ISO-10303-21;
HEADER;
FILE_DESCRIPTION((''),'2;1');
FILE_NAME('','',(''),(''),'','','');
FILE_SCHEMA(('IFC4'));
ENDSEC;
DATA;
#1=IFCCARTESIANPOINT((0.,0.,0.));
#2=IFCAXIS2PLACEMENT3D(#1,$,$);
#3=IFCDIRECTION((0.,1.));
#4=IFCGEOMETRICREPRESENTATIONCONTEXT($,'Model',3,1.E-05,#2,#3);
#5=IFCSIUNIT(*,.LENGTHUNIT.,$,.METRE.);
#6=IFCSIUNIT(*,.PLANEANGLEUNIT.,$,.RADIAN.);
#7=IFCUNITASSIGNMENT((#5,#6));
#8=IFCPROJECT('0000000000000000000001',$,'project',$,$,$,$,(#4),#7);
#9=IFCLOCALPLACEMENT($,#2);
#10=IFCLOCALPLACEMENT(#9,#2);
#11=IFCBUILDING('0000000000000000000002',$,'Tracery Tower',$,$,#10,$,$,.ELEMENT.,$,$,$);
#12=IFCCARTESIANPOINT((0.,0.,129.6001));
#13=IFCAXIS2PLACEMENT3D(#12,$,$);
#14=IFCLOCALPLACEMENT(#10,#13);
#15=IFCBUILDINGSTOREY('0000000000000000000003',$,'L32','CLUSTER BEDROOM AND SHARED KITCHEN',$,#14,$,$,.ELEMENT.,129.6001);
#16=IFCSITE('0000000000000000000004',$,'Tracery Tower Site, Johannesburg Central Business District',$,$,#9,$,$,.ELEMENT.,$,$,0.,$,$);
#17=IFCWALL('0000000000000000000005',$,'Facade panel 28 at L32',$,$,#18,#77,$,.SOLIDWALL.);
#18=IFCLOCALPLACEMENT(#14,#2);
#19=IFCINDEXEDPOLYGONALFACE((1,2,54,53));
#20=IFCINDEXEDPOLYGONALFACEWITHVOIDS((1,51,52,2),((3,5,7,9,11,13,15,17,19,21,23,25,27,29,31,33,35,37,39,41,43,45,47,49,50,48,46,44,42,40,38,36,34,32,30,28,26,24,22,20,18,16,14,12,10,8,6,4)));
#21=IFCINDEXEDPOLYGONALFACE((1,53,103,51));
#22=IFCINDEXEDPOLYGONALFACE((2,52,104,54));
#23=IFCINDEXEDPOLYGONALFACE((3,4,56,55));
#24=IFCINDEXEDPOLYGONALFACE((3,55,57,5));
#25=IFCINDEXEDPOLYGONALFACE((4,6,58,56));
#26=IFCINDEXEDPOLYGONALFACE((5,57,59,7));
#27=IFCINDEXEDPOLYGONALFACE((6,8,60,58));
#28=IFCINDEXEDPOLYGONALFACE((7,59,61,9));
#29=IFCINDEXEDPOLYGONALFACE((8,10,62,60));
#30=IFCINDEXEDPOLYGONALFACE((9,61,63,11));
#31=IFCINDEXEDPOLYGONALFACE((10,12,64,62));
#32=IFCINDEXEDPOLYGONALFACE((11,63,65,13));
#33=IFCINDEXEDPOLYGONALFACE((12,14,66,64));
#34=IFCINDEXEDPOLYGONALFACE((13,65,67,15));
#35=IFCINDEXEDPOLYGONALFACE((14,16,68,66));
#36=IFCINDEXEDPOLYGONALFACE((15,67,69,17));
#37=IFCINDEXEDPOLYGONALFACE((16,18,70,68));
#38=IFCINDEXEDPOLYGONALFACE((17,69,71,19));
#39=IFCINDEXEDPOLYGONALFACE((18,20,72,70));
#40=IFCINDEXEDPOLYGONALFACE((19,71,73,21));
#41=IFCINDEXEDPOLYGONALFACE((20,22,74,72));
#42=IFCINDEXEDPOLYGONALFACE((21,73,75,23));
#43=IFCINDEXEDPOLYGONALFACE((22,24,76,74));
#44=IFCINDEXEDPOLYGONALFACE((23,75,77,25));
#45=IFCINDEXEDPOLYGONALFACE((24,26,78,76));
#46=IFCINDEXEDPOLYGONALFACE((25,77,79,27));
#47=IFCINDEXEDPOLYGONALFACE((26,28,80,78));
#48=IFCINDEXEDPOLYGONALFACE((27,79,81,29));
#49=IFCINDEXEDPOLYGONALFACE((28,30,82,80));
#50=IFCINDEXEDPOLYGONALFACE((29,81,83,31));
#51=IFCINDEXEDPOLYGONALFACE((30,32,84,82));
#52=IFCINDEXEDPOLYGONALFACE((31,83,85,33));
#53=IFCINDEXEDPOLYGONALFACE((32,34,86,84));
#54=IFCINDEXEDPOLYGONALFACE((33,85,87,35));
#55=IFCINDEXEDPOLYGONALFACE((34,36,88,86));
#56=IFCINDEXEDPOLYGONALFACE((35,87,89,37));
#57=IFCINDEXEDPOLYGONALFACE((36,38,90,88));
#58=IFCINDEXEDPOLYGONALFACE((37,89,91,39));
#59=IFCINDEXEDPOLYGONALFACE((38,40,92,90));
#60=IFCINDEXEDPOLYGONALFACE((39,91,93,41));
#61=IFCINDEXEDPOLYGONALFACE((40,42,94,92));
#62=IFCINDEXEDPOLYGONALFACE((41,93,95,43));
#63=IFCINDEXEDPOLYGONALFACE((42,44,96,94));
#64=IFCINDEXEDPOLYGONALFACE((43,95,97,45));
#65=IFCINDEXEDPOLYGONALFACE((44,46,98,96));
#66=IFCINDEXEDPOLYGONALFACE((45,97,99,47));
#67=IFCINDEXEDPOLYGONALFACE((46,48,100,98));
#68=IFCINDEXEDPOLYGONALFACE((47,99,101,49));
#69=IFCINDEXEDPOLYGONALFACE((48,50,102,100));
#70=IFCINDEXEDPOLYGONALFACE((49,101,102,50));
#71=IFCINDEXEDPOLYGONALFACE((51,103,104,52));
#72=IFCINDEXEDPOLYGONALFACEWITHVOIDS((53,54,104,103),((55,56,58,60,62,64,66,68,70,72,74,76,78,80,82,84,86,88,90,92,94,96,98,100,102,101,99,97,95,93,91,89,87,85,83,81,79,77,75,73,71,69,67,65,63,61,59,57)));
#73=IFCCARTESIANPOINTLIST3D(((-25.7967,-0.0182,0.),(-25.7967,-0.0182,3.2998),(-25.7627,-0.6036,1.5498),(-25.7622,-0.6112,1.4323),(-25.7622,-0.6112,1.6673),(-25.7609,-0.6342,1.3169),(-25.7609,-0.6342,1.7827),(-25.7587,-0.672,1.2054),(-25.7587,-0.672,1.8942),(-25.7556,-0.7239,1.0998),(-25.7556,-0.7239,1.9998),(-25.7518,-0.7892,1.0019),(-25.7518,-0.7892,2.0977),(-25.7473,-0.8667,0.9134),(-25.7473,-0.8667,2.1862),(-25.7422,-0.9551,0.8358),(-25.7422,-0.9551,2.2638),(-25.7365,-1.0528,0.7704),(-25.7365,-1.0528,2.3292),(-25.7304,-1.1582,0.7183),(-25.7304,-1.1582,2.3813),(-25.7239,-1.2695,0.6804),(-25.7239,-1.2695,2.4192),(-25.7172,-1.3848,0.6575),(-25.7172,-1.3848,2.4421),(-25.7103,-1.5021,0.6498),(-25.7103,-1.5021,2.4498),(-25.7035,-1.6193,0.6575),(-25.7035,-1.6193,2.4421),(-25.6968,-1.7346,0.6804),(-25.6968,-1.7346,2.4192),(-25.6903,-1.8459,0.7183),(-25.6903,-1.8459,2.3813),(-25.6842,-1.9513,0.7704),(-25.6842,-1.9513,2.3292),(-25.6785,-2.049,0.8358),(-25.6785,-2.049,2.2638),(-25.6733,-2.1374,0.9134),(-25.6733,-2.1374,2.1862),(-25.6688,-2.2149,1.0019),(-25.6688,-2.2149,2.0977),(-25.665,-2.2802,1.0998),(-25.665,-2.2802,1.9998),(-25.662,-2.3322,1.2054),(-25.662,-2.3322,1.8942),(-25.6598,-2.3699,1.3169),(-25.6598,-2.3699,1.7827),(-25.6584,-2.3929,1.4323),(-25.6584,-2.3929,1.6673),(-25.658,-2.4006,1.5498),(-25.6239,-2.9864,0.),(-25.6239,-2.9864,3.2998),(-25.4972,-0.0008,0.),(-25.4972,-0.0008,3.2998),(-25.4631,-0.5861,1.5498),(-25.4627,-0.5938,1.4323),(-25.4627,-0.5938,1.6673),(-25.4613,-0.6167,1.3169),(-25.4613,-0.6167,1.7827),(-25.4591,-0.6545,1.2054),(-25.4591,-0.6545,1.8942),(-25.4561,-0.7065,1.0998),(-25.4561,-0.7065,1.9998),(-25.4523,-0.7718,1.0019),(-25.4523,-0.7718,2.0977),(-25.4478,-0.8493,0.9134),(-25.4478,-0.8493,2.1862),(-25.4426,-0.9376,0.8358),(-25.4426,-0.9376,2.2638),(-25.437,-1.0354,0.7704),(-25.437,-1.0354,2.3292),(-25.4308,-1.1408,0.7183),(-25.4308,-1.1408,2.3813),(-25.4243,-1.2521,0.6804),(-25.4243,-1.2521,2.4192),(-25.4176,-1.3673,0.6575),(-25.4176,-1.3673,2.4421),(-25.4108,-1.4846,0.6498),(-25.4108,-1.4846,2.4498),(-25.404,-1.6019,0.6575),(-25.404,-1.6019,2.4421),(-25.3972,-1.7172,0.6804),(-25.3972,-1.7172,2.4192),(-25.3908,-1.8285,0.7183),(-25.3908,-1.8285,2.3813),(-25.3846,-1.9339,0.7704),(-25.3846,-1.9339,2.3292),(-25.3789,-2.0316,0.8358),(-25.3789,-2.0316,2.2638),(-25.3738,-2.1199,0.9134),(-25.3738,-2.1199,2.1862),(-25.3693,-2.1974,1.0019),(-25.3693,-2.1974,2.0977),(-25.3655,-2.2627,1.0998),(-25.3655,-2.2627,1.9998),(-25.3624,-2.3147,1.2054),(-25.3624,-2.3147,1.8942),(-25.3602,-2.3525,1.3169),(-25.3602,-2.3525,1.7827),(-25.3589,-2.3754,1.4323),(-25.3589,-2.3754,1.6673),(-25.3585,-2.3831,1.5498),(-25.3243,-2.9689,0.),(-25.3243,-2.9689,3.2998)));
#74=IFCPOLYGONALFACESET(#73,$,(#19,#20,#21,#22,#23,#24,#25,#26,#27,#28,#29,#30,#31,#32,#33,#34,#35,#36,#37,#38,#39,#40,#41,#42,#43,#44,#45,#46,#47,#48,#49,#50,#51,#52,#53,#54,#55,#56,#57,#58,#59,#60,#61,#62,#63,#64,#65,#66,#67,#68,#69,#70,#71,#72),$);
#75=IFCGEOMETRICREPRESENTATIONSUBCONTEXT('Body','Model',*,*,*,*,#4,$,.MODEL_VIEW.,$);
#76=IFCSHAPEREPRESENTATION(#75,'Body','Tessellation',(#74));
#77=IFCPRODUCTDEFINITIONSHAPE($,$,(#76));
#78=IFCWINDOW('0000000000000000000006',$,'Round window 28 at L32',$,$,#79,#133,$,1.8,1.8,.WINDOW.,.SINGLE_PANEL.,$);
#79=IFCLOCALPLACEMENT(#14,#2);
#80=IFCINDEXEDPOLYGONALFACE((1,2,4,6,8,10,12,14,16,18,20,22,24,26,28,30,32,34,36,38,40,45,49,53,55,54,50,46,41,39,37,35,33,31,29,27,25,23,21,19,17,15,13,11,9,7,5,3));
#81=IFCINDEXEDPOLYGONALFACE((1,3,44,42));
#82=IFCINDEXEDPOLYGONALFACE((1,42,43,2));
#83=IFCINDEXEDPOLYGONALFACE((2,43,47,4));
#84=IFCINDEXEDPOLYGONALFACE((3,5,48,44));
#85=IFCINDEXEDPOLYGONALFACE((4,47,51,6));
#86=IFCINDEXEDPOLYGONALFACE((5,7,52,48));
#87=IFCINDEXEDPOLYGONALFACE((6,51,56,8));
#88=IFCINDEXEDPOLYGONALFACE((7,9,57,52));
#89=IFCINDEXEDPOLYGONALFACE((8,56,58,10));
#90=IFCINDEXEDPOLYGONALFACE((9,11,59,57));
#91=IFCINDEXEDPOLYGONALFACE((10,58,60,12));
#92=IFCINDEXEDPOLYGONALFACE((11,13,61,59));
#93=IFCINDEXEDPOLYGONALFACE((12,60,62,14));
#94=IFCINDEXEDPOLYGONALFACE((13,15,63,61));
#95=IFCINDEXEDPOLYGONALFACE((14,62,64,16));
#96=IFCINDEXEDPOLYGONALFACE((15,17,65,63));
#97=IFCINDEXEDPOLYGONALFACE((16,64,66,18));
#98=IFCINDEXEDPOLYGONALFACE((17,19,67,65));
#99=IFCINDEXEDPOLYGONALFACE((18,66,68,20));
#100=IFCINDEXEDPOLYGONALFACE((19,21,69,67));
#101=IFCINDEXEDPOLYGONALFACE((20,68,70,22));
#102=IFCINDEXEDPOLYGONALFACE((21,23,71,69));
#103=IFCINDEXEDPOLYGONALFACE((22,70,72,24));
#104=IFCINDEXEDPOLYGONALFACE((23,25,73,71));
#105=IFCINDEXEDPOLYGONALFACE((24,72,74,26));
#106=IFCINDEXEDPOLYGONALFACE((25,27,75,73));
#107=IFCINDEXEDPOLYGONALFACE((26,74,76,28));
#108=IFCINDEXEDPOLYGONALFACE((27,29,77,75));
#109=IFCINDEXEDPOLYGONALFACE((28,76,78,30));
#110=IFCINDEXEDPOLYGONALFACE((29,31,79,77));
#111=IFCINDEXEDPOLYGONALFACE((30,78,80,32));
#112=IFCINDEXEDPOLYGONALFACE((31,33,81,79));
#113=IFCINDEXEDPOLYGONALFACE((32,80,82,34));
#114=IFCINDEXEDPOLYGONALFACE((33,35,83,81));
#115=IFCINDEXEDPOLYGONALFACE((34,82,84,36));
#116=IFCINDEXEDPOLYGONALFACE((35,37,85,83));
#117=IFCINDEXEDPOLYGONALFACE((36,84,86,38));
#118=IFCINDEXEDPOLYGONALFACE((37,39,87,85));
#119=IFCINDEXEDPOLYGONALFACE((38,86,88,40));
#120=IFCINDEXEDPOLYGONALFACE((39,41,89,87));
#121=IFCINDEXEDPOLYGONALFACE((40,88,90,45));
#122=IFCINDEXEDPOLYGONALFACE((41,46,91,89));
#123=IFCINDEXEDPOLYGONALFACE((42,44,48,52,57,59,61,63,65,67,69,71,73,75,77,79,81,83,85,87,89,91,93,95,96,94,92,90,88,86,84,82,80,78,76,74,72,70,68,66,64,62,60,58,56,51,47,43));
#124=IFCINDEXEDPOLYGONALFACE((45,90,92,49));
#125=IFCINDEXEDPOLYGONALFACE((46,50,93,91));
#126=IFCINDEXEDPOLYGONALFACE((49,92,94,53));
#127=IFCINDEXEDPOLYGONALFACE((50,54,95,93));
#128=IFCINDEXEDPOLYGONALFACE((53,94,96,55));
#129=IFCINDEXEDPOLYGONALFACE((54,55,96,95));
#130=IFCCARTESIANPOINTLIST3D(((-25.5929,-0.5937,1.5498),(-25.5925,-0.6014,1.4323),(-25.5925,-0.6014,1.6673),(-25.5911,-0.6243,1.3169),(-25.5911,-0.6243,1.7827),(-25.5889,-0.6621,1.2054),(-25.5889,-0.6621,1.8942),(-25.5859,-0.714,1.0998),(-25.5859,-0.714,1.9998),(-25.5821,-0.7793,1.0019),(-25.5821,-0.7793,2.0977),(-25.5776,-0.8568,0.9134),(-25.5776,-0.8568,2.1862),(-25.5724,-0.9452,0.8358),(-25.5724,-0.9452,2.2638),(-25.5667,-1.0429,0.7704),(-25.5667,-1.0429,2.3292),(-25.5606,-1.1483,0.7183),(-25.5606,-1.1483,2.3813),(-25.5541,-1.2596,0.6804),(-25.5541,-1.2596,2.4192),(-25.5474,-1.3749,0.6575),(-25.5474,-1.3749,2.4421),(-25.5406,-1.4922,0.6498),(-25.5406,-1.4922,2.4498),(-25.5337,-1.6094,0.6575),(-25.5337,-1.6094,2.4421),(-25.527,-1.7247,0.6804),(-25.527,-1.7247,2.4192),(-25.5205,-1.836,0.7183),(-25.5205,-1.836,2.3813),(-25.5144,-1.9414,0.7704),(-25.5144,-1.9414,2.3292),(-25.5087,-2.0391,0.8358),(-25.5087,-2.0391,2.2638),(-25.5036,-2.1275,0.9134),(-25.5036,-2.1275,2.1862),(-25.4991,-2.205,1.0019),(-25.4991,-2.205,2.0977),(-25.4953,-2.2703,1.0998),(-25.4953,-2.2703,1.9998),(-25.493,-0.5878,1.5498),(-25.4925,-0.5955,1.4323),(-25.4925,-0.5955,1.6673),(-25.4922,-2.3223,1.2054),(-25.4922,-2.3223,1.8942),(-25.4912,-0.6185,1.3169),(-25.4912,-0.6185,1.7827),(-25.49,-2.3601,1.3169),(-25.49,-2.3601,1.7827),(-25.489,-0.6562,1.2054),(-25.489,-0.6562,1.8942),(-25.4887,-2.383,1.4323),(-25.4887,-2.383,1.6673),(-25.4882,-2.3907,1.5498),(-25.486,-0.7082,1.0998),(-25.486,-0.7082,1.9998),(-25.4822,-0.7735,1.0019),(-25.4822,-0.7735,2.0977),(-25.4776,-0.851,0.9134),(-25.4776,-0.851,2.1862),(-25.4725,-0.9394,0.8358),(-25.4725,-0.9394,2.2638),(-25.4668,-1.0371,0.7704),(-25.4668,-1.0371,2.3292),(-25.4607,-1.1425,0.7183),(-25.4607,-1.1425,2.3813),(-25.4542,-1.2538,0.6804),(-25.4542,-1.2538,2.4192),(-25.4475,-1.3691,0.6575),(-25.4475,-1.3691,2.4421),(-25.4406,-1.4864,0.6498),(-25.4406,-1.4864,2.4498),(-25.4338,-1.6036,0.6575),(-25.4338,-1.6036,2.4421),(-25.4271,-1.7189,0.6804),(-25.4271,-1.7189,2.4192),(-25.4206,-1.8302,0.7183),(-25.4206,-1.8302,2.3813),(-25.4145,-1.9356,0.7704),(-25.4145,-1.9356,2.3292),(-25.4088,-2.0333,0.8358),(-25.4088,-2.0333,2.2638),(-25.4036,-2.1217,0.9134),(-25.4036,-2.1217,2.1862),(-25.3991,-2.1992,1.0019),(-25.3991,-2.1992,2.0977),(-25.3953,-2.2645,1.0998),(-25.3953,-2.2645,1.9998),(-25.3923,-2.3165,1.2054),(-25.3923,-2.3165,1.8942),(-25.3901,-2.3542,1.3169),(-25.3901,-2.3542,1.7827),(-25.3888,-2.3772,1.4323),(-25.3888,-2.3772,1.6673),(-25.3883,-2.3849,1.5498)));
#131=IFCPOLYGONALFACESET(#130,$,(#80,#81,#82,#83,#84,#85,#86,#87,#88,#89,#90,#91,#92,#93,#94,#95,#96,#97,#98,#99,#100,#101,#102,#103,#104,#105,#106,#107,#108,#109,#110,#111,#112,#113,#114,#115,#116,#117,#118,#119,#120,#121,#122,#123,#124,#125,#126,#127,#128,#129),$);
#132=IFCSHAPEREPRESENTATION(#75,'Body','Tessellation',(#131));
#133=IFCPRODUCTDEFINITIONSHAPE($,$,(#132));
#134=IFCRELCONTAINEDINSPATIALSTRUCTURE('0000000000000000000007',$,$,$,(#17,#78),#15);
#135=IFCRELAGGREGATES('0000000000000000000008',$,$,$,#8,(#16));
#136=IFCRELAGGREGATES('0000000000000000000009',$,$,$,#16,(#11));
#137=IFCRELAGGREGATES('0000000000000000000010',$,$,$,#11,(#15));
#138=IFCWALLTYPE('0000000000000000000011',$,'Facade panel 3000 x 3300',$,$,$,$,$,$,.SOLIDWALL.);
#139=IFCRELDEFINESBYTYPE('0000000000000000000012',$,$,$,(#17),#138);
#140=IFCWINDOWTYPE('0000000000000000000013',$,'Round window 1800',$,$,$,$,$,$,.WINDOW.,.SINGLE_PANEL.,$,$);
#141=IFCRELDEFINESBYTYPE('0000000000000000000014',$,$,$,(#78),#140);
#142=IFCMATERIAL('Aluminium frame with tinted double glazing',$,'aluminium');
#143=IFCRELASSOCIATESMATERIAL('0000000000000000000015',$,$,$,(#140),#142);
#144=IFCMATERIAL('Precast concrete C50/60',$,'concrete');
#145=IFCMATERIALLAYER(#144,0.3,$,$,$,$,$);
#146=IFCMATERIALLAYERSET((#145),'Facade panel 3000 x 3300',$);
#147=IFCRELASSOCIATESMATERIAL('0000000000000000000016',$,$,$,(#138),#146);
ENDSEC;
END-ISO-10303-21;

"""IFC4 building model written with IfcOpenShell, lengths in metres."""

from ifc_helpers import new_model, si_unit, direction, frame, frame_2d, origin, origin_2d, place, context, subcontext, project, spatial, rectangle, circle, extrude, material, layer, layer_set, type_object, element, fill, save


model = new_model("IFC4")

# Units and contexts
model_context = context("Model", 3, precision=1e-05, world=origin(), true_north=direction((0.0, 1.0)))
body_context = subcontext(model_context, "Body", "Model", "MODEL_VIEW")
ifc_project = project(units=[si_unit("LENGTHUNIT", "METRE"), si_unit("PLANEANGLEUNIT", "RADIAN")], contexts=[model_context])

# Site, building, storey
site_placement = place(None, origin())
site = spatial("IfcSite", under=ifc_project, at=site_placement, Name="Tracery Tower Site, Johannesburg Central Business District", CompositionType="ELEMENT", RefElevation=0.0)
building_placement = place(site_placement, origin())
building = spatial("IfcBuilding", under=site, at=building_placement, Name="Tracery Tower", CompositionType="ELEMENT")
storey_placement = place(building_placement, frame((0.0, 0.0, 129.6001)))
storey = spatial("IfcBuildingStorey", under=building, at=storey_placement, Name="L32", Description="CLUSTER BEDROOM AND SHARED KITCHEN", CompositionType="ELEMENT", Elevation=129.6001)

# Wall, opening, window
ifc_material_1 = material(Name="Aluminium frame with tinted double glazing", Category="aluminium")
window_type = type_object("IfcWindowType", Name="Round window 1800", PartitioningType="SINGLE_PANEL", PredefinedType="WINDOW", material=ifc_material_1)
ifc_material_2 = material(Name="Precast concrete C50/60", Category="concrete")
ifc_layer_1 = layer(ifc_material_2, 0.3)
ifc_layer_set_1 = layer_set([ifc_layer_1], Name="Facade panel 3000 x 3300")
wall_type_1 = type_object("IfcWallType", Name="Facade panel 3000 x 3300", PredefinedType="SOLIDWALL", material=ifc_layer_set_1)
wall_1_placement = place(storey_placement, frame((-25.647, -0.0095, 0.0), z_axis=(0.0, 0.0, 1.0), x_axis=(0.05814, -0.998308, 0.0)))
wall_1 = element("IfcWall", 1, at=wall_1_placement, inside=storey, type_object=wall_type_1, Name="Facade panel 28 at L32", PredefinedType="SOLIDWALL", context=body_context, shape_type="SweptSolid", body=[
    extrude(rectangle(XDim=2.9731, YDim=0.3, at=frame_2d((1.4866, 0.0))), origin(), (0.0, 0.0, 1.0), 3.2998),
])
opening_1_placement = place(wall_1_placement, frame((1.4863, 0.0, 1.5498)))
opening_1 = element("IfcOpeningElement", 2, at=opening_1_placement, cuts=wall_1, PredefinedType="OPENING", context=body_context, shape_type="SweptSolid", body=[
    extrude(circle(Radius=0.9, at=origin_2d()), frame((0.0, 0.1599, 0.0), z_axis=(0.0, -1.0, 0.0), x_axis=(1.0, 0.0, 0.0)), (0.0, 0.0, 1.0), 0.3201),
])
window_1_placement = place(opening_1_placement, origin())
window_1 = element("IfcWindow", 3, at=window_1_placement, inside=storey, type_object=window_type, Name="Round window 28 at L32", OverallHeight=1.8, OverallWidth=1.8, PartitioningType="SINGLE_PANEL", PredefinedType="WINDOW", context=body_context, shape_type="SweptSolid", body=[
    extrude(circle(Radius=0.9, at=origin_2d()), frame((0.0, 0.1201, 0.0), z_axis=(0.0, -1.0, 0.0), x_axis=(1.0, 0.0, 0.0)), (0.0, 0.0, 1.0), 0.1001),
])
fill(opening_1, window_1)

save(model, "model.ifc")
